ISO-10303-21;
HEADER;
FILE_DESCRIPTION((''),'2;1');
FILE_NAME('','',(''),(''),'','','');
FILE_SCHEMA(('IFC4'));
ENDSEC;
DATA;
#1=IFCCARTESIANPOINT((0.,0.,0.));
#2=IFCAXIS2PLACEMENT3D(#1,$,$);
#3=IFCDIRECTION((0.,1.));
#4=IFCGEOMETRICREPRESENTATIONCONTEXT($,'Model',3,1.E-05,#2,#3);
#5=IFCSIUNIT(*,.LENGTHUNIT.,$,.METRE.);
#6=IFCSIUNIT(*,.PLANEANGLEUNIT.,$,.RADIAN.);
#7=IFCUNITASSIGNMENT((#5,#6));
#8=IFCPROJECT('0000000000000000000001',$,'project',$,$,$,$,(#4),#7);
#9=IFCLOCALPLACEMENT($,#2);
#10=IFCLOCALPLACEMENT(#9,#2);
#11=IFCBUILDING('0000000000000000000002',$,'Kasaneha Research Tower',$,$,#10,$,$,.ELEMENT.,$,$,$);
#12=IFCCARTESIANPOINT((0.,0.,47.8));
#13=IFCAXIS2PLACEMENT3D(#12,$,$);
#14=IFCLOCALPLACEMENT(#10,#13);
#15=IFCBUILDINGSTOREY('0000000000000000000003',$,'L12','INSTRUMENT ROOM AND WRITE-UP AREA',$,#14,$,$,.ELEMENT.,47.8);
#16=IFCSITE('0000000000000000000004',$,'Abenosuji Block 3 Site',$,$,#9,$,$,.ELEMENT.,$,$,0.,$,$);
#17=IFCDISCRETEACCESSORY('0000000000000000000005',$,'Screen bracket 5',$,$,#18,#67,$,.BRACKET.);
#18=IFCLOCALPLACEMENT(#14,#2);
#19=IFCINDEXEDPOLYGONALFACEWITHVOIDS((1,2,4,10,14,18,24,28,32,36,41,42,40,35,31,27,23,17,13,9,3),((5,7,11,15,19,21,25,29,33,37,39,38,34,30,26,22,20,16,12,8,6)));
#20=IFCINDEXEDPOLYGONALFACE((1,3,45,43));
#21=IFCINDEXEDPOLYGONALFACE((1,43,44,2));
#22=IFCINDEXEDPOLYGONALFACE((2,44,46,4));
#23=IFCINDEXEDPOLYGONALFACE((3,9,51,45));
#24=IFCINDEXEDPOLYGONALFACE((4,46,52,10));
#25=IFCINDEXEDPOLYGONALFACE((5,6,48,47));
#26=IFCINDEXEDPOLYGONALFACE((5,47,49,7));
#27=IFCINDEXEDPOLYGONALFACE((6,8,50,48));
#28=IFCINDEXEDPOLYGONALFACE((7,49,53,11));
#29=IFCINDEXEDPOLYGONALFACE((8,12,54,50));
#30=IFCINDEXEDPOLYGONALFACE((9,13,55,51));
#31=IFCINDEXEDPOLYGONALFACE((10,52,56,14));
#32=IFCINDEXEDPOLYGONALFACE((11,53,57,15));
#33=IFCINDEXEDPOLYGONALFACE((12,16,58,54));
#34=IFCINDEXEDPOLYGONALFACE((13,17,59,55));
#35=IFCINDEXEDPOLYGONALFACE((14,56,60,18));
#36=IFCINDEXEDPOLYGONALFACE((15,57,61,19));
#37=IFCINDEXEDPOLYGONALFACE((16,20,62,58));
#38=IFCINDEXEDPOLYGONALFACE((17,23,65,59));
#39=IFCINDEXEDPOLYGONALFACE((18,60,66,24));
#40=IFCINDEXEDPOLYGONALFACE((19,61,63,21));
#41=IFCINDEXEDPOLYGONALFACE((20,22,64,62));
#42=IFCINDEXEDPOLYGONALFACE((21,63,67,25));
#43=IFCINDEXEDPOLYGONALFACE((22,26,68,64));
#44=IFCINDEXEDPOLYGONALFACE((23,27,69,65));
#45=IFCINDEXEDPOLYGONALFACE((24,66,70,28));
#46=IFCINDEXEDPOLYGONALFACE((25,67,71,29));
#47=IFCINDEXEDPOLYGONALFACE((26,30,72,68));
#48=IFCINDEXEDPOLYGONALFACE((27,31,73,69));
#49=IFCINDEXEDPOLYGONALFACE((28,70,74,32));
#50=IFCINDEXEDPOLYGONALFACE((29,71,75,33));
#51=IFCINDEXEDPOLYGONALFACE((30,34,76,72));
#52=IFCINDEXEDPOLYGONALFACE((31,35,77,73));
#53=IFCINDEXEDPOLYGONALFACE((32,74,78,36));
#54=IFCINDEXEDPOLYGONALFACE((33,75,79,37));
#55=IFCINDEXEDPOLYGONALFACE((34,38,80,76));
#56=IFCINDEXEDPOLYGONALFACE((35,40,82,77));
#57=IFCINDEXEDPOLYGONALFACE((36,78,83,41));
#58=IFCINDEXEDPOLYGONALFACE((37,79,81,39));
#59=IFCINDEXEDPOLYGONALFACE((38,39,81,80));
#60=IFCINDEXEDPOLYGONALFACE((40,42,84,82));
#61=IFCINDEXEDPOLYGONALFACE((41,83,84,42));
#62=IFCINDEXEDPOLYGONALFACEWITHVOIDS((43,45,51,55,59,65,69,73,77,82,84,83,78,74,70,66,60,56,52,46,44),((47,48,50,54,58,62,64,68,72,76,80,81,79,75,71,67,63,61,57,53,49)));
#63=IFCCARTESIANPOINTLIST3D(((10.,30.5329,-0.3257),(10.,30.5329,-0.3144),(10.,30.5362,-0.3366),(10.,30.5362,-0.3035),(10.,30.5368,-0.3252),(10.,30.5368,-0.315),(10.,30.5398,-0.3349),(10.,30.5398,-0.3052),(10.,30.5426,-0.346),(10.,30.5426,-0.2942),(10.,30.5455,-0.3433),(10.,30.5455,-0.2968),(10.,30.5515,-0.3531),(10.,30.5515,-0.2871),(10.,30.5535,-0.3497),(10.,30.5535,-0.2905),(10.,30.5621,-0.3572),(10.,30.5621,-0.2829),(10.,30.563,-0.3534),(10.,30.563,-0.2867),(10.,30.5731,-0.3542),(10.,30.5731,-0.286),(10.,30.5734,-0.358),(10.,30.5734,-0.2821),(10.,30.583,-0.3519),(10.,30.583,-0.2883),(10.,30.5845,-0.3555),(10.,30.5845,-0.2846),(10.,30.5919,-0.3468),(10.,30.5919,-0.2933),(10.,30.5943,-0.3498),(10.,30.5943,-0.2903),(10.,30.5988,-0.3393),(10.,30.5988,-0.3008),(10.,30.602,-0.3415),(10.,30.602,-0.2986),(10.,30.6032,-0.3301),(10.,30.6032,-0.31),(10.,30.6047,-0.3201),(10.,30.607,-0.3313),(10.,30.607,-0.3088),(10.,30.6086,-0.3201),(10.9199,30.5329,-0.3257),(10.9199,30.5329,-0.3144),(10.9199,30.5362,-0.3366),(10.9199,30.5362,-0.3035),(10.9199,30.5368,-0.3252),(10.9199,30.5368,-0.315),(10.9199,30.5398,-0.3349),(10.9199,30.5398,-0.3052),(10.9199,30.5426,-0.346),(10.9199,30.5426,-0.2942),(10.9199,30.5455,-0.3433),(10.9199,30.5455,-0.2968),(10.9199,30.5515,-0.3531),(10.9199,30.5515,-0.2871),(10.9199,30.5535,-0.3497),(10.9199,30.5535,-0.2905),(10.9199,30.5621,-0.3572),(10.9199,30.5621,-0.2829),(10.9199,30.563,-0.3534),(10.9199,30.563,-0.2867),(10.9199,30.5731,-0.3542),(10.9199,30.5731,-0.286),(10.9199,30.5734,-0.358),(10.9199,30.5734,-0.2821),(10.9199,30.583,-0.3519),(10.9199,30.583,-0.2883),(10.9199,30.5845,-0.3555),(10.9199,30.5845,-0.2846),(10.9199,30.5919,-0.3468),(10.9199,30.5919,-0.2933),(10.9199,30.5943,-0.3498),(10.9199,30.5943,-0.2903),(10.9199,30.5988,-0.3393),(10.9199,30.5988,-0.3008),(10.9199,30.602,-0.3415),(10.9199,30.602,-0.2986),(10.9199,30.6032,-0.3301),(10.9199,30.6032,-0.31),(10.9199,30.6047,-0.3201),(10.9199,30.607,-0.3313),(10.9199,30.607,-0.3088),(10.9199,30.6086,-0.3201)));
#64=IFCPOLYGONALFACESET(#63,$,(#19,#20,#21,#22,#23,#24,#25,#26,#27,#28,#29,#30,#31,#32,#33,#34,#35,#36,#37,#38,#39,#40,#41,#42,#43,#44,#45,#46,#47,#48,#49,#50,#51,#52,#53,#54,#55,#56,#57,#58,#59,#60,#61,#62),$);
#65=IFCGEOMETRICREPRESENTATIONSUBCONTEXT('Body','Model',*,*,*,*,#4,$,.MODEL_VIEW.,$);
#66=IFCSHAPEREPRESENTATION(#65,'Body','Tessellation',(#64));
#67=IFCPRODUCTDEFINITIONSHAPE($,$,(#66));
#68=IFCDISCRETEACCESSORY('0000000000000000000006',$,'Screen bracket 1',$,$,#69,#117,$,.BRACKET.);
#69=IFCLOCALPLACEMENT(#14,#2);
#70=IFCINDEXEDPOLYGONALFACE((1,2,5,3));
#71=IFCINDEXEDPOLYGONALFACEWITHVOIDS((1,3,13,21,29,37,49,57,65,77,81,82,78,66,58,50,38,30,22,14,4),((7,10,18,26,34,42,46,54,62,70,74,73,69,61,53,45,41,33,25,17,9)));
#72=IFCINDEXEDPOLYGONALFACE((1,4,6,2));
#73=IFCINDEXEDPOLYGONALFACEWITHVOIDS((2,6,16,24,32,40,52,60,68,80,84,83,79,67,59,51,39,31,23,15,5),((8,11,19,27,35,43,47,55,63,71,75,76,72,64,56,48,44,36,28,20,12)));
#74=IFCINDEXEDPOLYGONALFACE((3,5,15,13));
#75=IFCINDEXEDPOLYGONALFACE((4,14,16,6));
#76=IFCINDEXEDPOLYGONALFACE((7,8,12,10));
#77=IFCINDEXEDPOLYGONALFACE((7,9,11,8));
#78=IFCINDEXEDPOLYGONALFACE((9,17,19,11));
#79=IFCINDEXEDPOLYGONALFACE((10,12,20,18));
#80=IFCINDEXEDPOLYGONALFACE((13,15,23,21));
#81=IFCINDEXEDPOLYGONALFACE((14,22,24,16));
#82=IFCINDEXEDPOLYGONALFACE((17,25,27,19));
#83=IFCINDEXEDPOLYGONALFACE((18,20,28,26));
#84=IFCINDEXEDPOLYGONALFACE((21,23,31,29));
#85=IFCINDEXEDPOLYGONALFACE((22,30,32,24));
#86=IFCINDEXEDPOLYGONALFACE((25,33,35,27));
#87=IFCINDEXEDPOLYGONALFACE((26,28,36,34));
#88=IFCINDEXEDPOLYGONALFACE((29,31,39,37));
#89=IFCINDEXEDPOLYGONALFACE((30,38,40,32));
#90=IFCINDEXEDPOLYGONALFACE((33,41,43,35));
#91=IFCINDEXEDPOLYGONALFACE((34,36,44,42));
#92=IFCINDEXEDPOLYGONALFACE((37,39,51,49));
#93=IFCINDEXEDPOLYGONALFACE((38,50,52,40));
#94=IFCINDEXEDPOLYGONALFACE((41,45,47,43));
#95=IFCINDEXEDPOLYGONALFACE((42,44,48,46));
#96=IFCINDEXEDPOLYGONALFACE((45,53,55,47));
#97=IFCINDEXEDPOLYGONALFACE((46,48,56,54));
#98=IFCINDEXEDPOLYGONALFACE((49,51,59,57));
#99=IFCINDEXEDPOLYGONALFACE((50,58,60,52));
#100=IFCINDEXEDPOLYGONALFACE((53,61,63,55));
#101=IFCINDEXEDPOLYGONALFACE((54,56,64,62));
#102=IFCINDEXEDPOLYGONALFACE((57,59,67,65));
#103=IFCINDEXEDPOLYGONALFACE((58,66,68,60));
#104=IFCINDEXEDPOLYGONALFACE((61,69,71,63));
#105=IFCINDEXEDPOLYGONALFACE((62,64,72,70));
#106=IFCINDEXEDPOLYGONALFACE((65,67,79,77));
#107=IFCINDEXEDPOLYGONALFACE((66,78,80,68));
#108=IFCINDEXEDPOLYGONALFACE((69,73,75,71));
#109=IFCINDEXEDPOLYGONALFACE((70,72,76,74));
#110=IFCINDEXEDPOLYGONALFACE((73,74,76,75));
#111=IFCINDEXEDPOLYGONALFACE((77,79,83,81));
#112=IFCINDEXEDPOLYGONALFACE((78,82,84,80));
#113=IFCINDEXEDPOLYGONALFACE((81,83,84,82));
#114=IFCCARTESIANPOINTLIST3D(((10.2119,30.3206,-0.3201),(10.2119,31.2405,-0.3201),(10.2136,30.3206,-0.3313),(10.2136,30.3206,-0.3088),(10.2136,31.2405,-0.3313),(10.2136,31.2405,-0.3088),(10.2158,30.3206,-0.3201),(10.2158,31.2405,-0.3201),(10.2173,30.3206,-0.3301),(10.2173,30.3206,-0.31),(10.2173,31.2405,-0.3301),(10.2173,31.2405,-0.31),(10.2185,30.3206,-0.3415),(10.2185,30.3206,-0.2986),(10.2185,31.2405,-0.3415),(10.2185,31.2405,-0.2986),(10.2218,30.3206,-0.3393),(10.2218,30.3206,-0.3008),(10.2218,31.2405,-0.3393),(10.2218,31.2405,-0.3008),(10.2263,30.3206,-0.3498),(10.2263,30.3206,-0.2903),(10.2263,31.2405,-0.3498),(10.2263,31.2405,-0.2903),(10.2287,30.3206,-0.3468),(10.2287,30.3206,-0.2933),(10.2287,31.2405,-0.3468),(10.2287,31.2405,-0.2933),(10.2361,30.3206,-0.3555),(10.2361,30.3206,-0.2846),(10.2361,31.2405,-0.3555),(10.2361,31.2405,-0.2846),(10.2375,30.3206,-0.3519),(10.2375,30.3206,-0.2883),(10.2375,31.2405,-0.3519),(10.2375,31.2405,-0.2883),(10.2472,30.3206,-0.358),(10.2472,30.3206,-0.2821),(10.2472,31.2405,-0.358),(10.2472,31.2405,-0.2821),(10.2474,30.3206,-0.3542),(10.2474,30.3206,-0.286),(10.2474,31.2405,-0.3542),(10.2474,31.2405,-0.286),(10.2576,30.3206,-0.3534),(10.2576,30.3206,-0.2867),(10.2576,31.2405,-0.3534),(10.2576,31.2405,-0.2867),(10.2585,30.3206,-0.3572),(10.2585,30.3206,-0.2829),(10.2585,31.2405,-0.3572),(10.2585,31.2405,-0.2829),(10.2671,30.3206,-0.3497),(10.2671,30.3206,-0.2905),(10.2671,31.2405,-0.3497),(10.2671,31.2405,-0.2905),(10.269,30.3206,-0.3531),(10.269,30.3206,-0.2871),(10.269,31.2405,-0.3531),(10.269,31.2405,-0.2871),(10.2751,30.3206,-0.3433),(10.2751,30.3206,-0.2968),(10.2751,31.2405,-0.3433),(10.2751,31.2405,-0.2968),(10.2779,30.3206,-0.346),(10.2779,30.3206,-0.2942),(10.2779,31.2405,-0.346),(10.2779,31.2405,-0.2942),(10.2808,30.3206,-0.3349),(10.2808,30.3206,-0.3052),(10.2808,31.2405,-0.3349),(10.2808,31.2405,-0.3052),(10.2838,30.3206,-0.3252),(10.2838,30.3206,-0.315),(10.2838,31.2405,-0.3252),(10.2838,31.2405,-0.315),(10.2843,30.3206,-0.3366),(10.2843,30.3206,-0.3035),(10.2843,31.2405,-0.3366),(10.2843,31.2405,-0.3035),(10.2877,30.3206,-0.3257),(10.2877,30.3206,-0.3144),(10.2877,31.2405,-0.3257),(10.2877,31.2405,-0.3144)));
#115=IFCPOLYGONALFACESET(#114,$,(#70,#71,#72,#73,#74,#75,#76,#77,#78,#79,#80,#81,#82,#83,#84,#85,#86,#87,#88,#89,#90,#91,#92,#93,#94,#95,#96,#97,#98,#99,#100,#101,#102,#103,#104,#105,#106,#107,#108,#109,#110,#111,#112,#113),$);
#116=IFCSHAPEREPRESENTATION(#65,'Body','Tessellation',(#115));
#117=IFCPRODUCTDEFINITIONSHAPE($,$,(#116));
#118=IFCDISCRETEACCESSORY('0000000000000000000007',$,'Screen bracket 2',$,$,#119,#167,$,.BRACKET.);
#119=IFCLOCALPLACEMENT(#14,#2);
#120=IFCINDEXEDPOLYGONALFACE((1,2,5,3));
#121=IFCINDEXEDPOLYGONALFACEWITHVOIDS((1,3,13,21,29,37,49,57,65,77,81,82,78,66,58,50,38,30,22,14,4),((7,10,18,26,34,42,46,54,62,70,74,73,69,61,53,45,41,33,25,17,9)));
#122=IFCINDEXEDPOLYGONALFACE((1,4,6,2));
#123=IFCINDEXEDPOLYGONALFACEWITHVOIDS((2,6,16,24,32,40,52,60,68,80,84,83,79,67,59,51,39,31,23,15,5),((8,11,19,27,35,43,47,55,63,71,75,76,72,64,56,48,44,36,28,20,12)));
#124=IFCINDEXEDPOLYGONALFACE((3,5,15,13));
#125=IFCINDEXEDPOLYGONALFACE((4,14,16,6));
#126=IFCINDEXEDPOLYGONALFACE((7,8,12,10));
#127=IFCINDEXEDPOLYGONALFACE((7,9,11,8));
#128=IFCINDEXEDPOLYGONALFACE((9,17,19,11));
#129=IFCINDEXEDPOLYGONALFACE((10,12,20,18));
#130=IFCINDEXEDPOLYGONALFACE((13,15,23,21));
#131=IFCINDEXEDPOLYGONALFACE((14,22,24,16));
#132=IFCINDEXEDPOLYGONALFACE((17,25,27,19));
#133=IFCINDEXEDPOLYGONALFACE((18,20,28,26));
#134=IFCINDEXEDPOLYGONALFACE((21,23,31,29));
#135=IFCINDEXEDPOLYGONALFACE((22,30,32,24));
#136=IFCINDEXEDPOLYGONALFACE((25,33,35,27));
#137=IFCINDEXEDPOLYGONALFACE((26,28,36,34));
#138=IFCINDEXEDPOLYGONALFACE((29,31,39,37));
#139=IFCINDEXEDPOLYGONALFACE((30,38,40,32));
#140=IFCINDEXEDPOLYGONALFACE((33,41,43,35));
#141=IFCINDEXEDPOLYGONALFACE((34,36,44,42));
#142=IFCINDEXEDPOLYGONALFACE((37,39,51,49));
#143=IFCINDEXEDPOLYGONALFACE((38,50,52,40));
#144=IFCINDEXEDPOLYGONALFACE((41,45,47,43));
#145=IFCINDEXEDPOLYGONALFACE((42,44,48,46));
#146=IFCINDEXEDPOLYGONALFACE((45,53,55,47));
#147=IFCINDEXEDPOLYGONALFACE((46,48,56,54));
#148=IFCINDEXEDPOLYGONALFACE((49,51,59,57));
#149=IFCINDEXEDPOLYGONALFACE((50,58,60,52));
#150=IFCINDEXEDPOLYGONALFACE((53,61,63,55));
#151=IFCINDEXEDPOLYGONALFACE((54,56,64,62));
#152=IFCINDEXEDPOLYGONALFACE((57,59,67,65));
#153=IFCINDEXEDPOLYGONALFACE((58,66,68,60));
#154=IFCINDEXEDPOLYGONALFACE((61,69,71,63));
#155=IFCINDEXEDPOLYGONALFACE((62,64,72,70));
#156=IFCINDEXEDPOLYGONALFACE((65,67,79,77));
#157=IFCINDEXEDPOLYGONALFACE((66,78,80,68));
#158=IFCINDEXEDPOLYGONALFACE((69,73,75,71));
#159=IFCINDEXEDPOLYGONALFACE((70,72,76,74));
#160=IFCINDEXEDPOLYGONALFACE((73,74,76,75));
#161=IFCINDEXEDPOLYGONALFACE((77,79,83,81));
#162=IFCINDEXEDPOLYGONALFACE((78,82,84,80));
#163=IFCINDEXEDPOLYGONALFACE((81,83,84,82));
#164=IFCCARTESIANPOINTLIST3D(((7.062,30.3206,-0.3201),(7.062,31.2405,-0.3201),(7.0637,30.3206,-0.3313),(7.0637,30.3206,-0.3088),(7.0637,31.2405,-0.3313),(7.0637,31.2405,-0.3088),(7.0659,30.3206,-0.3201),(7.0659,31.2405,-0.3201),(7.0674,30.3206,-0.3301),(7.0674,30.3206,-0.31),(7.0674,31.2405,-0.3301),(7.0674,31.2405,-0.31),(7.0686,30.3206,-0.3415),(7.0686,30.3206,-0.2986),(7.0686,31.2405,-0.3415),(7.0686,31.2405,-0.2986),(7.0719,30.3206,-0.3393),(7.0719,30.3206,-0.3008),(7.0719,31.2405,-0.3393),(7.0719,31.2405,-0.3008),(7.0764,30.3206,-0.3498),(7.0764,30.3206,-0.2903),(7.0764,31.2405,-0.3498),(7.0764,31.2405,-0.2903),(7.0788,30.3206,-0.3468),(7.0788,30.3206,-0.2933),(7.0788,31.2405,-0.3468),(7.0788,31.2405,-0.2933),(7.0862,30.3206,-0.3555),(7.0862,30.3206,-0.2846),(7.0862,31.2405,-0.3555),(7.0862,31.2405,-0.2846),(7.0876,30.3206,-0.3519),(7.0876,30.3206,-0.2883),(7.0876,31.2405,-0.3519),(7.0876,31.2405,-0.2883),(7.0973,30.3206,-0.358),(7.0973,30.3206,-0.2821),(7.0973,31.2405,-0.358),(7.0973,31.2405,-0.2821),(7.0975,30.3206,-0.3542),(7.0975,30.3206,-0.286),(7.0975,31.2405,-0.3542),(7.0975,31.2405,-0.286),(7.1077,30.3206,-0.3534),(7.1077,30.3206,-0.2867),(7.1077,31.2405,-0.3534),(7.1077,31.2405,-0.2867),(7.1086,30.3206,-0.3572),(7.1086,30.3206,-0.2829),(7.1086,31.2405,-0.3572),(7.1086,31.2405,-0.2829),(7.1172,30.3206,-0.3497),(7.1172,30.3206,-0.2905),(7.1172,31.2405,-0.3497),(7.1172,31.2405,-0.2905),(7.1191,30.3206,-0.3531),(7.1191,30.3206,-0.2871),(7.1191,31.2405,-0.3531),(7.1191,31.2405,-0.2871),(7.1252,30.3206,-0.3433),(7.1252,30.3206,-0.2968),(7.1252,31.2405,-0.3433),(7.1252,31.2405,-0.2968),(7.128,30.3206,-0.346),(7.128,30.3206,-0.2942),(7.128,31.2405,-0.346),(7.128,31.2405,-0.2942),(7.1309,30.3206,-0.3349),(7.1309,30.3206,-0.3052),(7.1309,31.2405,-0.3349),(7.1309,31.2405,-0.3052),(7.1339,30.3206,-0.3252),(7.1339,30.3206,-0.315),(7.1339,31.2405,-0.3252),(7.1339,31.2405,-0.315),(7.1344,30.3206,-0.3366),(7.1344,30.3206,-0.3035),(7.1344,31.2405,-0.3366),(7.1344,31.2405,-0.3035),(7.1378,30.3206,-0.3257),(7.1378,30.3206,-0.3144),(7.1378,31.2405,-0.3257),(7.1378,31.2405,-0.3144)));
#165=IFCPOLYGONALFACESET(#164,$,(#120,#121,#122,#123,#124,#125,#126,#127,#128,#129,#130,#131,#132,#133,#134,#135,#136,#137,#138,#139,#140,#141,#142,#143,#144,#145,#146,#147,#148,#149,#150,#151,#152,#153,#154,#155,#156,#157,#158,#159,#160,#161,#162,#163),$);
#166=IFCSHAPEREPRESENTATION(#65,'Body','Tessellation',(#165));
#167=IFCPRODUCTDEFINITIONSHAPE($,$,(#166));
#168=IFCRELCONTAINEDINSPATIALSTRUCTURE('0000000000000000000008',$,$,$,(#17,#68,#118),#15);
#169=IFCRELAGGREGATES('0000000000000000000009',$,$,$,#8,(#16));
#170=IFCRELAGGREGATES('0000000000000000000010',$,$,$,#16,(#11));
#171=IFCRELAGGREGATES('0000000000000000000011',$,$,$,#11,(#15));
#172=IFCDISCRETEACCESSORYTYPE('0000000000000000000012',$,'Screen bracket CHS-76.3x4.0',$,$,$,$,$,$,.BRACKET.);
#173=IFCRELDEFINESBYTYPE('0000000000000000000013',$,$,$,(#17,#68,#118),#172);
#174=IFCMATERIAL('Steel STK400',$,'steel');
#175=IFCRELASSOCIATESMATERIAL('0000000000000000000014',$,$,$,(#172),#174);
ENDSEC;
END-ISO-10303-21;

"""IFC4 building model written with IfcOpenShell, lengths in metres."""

from ifc_helpers import new_model, si_unit, direction, frame, origin, origin_2d, place, context, subcontext, project, spatial, hollow_circle, extrude, material, material_profile, profile_set, type_object, element, save


model = new_model("IFC4")

# Units and contexts
model_context = context("Model", 3, precision=1e-05, world=origin(), true_north=direction((0.0, 1.0)))
body_context = subcontext(model_context, "Body", "Model", "MODEL_VIEW")
ifc_project = project(units=[si_unit("LENGTHUNIT", "METRE"), si_unit("PLANEANGLEUNIT", "RADIAN")], contexts=[model_context])

# Site, building, storey
site_placement = place(None, origin())
site = spatial("IfcSite", under=ifc_project, at=site_placement, Name="Abenosuji Block 3 Site", CompositionType="ELEMENT", RefElevation=0.0)
building_placement = place(site_placement, origin())
building = spatial("IfcBuilding", under=site, at=building_placement, Name="Kasaneha Research Tower", CompositionType="ELEMENT")
storey_placement = place(building_placement, frame((0.0, 0.0, 47.8)))
storey = spatial("IfcBuildingStorey", under=building, at=storey_placement, Name="L12", Description="INSTRUMENT ROOM AND WRITE-UP AREA", CompositionType="ELEMENT", Elevation=47.8)

# Discrete accessories
ifc_material_1 = material(Name="Steel STK400", Category="steel")
ifc_material_profile_1 = material_profile(ifc_material_1, hollow_circle(Radius=0.0381, WallThickness=0.0039, at=origin_2d()), Name="CHS-76.3x4.0")
ifc_profile_set_1 = profile_set([ifc_material_profile_1], Name="Steel STK400")
discrete_accessory_type = type_object("IfcDiscreteAccessoryType", Name="Screen bracket CHS-76.3x4.0", PredefinedType="BRACKET", material=ifc_profile_set_1)
for number, where, z_axis, x_axis, name in (
    (1, (10.0, 30.5706, -0.3201), (1.0, 0.0, 0.0), (0.0, 1.0, 0.0), "Screen bracket 5"),
    (2, (10.25, 30.3206, -0.3201), (0.0, 1.0, 0.0), (-1.0, 0.0, 0.0), "Screen bracket 1"),
    (3, (7.1001, 30.3206, -0.3201), (0.0, 1.0, 0.0), (-1.0, 0.0, 0.0), "Screen bracket 2"),
):
    element("IfcDiscreteAccessory", number, at=place(storey_placement, frame(where, z_axis=z_axis, x_axis=x_axis)), inside=storey, type_object=discrete_accessory_type, Name=name, PredefinedType="BRACKET", context=body_context, shape_type="SweptSolid", body=[
        extrude(hollow_circle(Radius=0.0381, WallThickness=0.0039, at=origin_2d()), origin(), (0.0, 0.0, 1.0), 0.9199),
    ])

save(model, "model.ifc")
